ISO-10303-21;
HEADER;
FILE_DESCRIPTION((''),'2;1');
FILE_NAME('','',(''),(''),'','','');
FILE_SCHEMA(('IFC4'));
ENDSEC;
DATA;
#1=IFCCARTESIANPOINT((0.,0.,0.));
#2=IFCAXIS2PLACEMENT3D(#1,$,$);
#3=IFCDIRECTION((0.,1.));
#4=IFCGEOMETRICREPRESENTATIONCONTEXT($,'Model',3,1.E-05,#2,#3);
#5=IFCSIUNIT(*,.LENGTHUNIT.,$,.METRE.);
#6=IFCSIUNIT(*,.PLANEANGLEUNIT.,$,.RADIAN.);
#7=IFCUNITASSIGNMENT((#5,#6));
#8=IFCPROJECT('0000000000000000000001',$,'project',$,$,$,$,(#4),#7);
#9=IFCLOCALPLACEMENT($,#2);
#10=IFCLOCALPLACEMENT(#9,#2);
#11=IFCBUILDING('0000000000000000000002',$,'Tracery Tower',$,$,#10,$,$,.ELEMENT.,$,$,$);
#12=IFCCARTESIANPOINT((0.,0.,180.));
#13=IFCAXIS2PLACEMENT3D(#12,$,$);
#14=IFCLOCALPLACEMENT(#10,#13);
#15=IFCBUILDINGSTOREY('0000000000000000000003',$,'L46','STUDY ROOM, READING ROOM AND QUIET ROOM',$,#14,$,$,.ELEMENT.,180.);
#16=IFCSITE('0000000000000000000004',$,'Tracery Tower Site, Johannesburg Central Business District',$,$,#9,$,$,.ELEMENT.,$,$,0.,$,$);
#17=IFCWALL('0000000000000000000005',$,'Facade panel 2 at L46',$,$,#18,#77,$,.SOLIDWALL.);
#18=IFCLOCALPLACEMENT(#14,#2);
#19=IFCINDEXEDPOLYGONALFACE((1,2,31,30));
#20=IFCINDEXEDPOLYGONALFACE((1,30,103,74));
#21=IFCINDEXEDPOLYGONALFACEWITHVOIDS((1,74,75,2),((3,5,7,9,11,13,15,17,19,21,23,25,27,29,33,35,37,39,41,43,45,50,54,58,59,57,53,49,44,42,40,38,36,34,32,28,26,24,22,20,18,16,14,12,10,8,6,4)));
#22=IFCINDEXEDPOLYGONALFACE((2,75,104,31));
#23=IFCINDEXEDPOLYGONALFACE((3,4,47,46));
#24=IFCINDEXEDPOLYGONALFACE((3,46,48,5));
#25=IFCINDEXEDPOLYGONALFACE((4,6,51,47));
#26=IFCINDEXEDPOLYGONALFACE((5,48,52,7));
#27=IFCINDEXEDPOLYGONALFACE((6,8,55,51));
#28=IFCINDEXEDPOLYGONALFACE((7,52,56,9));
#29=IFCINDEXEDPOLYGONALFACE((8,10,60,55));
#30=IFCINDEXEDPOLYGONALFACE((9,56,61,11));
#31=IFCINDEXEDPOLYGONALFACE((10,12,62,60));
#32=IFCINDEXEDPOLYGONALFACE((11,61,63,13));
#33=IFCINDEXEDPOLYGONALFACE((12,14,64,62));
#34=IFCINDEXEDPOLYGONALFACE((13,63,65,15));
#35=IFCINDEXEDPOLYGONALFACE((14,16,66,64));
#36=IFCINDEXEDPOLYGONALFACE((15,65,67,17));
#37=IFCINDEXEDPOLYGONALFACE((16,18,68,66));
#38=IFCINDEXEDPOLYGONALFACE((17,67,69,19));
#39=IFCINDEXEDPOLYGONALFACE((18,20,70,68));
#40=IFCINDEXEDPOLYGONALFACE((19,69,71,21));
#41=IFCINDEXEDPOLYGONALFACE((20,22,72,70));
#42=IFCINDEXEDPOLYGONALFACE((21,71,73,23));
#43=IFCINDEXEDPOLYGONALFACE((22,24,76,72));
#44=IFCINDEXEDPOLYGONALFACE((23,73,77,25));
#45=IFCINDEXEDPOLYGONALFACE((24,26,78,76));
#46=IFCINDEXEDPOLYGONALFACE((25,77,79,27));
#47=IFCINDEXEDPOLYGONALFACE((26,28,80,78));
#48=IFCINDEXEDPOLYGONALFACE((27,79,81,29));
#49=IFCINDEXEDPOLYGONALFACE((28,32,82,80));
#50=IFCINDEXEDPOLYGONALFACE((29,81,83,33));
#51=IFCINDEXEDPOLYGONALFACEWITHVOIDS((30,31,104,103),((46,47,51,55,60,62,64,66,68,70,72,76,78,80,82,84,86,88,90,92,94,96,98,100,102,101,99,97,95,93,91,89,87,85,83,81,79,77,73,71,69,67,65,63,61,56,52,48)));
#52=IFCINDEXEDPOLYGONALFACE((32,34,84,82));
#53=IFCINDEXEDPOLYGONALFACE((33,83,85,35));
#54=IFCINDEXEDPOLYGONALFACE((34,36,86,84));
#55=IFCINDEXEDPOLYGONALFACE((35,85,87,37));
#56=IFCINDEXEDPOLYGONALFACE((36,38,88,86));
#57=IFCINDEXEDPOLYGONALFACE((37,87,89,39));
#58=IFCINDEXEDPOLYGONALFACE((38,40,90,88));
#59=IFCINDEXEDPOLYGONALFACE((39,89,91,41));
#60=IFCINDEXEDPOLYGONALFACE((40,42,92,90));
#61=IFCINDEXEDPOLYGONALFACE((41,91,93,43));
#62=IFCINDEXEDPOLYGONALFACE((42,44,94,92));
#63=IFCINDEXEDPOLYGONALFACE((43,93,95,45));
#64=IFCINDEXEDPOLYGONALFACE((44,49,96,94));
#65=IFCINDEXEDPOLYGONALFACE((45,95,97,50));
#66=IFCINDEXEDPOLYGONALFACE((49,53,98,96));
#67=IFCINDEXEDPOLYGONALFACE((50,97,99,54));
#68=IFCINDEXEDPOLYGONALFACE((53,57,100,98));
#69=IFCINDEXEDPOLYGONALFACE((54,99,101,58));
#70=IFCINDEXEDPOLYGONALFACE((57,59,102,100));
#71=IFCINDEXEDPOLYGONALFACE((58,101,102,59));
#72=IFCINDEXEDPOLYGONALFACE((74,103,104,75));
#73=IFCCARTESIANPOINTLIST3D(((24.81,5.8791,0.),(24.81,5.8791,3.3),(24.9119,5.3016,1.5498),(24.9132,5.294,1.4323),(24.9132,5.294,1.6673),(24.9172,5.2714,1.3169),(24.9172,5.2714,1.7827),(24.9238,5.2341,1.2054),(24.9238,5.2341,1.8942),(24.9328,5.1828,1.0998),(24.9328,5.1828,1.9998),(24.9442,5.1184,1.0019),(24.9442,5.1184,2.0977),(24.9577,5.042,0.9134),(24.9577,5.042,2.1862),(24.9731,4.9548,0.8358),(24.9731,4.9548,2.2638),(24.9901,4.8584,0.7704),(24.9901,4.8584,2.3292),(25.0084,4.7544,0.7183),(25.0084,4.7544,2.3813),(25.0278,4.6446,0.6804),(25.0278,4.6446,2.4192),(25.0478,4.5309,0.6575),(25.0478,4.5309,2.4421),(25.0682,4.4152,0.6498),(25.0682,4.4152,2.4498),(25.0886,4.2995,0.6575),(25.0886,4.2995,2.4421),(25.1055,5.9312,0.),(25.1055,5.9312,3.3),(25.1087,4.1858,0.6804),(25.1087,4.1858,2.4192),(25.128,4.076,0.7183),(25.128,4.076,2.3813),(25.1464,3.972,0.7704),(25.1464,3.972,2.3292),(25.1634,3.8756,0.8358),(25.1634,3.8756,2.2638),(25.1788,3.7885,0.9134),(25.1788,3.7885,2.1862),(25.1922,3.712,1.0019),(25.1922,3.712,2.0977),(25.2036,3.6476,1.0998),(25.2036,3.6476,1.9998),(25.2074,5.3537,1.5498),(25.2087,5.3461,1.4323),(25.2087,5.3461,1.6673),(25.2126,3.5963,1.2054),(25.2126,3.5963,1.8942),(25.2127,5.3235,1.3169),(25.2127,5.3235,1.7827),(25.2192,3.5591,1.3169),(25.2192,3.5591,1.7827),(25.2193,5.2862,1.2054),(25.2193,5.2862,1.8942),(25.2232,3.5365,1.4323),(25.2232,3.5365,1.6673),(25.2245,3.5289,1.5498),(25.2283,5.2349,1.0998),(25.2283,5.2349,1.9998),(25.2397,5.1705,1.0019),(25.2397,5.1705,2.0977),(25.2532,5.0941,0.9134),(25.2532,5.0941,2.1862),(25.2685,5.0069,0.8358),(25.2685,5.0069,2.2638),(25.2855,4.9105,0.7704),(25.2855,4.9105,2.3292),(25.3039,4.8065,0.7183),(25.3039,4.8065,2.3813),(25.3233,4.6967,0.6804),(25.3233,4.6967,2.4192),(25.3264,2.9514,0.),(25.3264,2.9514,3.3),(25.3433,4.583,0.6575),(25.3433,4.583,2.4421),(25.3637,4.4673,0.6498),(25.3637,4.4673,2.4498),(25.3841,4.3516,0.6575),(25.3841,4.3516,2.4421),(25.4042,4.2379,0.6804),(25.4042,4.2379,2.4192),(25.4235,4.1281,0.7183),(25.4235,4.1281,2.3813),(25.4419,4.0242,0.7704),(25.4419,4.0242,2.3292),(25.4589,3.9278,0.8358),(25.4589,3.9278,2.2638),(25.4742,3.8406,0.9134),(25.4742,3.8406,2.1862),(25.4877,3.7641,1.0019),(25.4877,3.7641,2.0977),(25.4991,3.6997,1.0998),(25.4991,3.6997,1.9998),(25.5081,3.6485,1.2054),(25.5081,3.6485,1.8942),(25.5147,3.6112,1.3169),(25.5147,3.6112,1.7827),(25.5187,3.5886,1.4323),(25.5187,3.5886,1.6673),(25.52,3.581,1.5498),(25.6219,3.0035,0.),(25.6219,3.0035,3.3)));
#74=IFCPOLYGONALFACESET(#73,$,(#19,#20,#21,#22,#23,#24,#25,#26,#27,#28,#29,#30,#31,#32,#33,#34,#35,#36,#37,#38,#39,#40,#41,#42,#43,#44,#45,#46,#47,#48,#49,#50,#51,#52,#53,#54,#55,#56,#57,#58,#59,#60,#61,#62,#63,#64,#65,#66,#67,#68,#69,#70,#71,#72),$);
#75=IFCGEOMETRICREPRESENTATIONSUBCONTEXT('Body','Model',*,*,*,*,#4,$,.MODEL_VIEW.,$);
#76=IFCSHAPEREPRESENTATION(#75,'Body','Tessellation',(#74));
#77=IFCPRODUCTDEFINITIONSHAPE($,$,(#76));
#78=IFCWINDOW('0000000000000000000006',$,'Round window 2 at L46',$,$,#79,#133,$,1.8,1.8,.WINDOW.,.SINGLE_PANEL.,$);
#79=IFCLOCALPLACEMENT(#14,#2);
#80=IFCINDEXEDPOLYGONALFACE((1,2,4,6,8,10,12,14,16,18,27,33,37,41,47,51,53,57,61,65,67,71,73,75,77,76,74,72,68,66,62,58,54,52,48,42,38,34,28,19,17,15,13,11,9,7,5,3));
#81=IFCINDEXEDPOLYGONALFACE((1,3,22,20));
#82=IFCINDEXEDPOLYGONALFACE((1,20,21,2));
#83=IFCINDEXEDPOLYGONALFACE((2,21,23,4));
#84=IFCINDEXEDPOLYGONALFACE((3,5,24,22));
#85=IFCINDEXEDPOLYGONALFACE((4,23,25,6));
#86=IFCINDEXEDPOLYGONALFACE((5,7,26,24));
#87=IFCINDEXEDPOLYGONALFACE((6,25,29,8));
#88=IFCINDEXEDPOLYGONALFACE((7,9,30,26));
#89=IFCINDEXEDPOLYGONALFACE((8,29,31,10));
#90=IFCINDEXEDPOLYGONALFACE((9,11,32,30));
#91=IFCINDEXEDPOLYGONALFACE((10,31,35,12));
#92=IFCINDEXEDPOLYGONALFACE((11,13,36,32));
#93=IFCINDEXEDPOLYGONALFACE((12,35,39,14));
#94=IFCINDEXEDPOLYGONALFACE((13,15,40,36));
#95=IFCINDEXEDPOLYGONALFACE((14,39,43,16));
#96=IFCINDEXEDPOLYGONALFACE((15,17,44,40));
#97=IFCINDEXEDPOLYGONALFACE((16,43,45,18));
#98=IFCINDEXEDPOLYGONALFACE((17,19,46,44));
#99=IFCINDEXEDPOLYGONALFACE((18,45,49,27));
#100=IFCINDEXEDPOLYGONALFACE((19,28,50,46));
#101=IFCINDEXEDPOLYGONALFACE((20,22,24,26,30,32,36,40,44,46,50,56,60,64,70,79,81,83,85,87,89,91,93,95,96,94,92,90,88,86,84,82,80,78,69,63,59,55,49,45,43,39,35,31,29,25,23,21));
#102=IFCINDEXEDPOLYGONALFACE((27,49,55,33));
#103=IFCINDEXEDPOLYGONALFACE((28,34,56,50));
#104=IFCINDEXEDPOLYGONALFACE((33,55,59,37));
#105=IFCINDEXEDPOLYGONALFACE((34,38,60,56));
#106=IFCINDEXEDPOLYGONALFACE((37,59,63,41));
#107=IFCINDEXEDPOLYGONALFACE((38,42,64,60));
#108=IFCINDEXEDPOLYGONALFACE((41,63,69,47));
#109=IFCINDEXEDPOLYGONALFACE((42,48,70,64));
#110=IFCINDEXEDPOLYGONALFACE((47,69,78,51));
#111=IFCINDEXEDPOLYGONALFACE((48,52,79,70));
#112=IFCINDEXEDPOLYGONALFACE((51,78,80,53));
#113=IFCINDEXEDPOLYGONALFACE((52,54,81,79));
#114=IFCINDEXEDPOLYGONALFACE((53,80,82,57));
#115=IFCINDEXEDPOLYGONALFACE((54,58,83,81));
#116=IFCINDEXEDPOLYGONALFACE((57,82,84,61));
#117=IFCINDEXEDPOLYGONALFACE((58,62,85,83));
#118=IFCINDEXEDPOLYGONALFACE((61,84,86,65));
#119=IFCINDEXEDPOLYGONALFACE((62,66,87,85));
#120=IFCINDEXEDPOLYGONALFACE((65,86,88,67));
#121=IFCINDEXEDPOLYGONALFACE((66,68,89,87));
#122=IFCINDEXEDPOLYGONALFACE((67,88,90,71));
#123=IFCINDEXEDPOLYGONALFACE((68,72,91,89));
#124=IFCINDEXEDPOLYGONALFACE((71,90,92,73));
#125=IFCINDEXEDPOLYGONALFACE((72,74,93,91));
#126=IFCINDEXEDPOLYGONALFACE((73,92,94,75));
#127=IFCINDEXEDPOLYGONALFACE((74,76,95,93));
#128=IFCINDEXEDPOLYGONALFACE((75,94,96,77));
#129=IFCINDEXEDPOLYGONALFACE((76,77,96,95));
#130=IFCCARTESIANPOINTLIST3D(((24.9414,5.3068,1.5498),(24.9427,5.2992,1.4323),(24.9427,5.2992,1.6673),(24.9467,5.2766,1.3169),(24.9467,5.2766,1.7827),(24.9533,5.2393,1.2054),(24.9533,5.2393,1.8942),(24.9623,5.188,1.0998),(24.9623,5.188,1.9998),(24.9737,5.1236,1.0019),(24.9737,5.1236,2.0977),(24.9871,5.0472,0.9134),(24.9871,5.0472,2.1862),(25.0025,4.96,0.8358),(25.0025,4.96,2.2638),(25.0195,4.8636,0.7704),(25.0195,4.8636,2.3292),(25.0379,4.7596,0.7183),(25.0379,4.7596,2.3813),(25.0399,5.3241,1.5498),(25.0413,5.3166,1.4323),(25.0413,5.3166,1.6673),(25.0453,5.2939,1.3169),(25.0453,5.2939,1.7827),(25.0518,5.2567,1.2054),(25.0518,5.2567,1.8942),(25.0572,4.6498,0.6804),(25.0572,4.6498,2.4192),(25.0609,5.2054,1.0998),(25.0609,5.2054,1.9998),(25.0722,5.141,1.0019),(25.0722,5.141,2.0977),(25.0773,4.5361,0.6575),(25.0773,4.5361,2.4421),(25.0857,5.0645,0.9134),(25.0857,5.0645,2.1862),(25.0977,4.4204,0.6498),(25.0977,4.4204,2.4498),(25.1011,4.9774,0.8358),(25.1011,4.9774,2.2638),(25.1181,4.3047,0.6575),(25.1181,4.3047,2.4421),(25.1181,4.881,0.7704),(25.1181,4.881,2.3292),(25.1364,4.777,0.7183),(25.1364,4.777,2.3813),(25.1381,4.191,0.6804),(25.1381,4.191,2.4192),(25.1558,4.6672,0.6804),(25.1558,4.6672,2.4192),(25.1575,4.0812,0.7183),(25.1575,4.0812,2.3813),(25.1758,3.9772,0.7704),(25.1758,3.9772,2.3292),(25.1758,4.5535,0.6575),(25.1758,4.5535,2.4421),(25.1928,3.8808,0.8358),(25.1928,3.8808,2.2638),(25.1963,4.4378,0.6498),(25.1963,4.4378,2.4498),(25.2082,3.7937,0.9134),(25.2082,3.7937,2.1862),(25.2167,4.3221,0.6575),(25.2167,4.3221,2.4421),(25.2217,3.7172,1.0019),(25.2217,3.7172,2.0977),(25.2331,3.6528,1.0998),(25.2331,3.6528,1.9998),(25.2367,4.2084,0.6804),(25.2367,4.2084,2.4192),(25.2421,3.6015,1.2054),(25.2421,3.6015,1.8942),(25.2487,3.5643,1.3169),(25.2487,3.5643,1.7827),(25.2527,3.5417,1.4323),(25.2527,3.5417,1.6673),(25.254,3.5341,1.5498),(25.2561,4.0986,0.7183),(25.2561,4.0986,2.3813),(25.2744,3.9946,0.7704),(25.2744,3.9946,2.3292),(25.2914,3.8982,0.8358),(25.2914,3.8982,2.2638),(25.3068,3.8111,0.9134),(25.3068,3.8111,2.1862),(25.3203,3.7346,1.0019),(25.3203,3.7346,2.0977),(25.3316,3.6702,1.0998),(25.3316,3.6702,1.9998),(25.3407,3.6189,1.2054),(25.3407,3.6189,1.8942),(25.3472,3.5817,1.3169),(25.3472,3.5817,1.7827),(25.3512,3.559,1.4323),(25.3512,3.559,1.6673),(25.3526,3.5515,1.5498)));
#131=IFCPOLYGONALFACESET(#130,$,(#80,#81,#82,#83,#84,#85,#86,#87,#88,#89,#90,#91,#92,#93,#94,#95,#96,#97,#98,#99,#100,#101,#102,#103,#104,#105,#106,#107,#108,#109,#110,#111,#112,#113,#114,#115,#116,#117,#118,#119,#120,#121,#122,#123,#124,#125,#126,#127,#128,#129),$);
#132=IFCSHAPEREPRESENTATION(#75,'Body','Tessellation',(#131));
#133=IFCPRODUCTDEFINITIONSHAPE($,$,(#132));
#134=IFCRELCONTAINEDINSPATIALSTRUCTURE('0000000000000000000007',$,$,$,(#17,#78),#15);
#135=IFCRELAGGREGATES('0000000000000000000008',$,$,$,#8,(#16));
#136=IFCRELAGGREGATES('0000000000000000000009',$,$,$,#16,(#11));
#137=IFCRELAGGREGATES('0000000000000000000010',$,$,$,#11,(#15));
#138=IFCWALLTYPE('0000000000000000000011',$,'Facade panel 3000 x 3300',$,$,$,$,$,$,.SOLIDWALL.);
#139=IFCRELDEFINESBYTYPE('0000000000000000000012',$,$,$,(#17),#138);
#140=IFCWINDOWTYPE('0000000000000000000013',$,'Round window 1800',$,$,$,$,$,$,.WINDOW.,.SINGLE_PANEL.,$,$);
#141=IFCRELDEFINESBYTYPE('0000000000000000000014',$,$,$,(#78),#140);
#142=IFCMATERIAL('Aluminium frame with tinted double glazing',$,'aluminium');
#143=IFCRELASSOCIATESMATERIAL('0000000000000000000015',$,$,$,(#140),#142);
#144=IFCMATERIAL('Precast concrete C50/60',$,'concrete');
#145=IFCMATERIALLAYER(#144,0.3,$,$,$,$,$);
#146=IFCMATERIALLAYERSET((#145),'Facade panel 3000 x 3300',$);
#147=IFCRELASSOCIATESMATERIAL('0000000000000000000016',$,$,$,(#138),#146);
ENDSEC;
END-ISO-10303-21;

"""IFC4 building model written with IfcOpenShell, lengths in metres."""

from ifc_helpers import new_model, si_unit, direction, frame, frame_2d, origin, origin_2d, place, context, subcontext, project, spatial, rectangle, circle, extrude, material, layer, layer_set, type_object, element, fill, save


model = new_model("IFC4")

# Units and contexts
model_context = context("Model", 3, precision=1e-05, world=origin(), true_north=direction((0.0, 1.0)))
body_context = subcontext(model_context, "Body", "Model", "MODEL_VIEW")
ifc_project = project(units=[si_unit("LENGTHUNIT", "METRE"), si_unit("PLANEANGLEUNIT", "RADIAN")], contexts=[model_context])

# Site, building, storey
site_placement = place(None, origin())
site = spatial("IfcSite", under=ifc_project, at=site_placement, Name="Tracery Tower Site, Johannesburg Central Business District", CompositionType="ELEMENT", RefElevation=0.0)
building_placement = place(site_placement, origin())
building = spatial("IfcBuilding", under=site, at=building_placement, Name="Tracery Tower", CompositionType="ELEMENT")
storey_placement = place(building_placement, frame((0.0, 0.0, 180.0)))
storey = spatial("IfcBuildingStorey", under=building, at=storey_placement, Name="L46", Description="STUDY ROOM, READING ROOM AND QUIET ROOM", CompositionType="ELEMENT", Elevation=180.0)

# Wall, opening, window
ifc_material_1 = material(Name="Aluminium frame with tinted double glazing", Category="aluminium")
window_type = type_object("IfcWindowType", Name="Round window 1800", PartitioningType="SINGLE_PANEL", PredefinedType="WINDOW", material=ifc_material_1)
ifc_material_2 = material(Name="Precast concrete C50/60", Category="concrete")
ifc_layer_1 = layer(ifc_material_2, 0.3)
ifc_layer_set_1 = layer_set([ifc_layer_1], Name="Facade panel 3000 x 3300")
wall_type_1 = type_object("IfcWallType", Name="Facade panel 3000 x 3300", PredefinedType="SOLIDWALL", material=ifc_layer_set_1)
wall_1_placement = place(storey_placement, frame((25.4741, 2.9775, 0.0), z_axis=(0.0, 0.0, 1.0), x_axis=(-0.173687, 0.984801, 0.0)))
wall_1 = element("IfcWall", 1, at=wall_1_placement, inside=storey, type_object=wall_type_1, Name="Facade panel 2 at L46", PredefinedType="SOLIDWALL", context=body_context, shape_type="SweptSolid", body=[
    extrude(rectangle(XDim=2.9729, YDim=0.3, at=frame_2d((1.4863, 0.0))), origin(), (0.0, 0.0, 1.0), 3.3),
])
opening_1_placement = place(wall_1_placement, frame((1.4863, 0.0, 1.5498)))
opening_1 = element("IfcOpeningElement", 2, at=opening_1_placement, cuts=wall_1, PredefinedType="OPENING", context=body_context, shape_type="SweptSolid", body=[
    extrude(circle(Radius=0.9, at=origin_2d()), frame((0.0, 0.1599, 0.0), z_axis=(0.0, -1.0, 0.0), x_axis=(1.0, 0.0, 0.0)), (0.0, 0.0, 1.0), 0.3201),
])
window_1_placement = place(opening_1_placement, origin())
window_1 = element("IfcWindow", 3, at=window_1_placement, inside=storey, type_object=window_type, Name="Round window 2 at L46", OverallHeight=1.8, OverallWidth=1.8, PartitioningType="SINGLE_PANEL", PredefinedType="WINDOW", context=body_context, shape_type="SweptSolid", body=[
    extrude(circle(Radius=0.9, at=origin_2d()), frame((0.0, 0.1201, 0.0), z_axis=(0.0, -1.0, 0.0), x_axis=(1.0, 0.0, 0.0)), (0.0, 0.0, 1.0), 0.1001),
])
fill(opening_1, window_1)

save(model, "model.ifc")
